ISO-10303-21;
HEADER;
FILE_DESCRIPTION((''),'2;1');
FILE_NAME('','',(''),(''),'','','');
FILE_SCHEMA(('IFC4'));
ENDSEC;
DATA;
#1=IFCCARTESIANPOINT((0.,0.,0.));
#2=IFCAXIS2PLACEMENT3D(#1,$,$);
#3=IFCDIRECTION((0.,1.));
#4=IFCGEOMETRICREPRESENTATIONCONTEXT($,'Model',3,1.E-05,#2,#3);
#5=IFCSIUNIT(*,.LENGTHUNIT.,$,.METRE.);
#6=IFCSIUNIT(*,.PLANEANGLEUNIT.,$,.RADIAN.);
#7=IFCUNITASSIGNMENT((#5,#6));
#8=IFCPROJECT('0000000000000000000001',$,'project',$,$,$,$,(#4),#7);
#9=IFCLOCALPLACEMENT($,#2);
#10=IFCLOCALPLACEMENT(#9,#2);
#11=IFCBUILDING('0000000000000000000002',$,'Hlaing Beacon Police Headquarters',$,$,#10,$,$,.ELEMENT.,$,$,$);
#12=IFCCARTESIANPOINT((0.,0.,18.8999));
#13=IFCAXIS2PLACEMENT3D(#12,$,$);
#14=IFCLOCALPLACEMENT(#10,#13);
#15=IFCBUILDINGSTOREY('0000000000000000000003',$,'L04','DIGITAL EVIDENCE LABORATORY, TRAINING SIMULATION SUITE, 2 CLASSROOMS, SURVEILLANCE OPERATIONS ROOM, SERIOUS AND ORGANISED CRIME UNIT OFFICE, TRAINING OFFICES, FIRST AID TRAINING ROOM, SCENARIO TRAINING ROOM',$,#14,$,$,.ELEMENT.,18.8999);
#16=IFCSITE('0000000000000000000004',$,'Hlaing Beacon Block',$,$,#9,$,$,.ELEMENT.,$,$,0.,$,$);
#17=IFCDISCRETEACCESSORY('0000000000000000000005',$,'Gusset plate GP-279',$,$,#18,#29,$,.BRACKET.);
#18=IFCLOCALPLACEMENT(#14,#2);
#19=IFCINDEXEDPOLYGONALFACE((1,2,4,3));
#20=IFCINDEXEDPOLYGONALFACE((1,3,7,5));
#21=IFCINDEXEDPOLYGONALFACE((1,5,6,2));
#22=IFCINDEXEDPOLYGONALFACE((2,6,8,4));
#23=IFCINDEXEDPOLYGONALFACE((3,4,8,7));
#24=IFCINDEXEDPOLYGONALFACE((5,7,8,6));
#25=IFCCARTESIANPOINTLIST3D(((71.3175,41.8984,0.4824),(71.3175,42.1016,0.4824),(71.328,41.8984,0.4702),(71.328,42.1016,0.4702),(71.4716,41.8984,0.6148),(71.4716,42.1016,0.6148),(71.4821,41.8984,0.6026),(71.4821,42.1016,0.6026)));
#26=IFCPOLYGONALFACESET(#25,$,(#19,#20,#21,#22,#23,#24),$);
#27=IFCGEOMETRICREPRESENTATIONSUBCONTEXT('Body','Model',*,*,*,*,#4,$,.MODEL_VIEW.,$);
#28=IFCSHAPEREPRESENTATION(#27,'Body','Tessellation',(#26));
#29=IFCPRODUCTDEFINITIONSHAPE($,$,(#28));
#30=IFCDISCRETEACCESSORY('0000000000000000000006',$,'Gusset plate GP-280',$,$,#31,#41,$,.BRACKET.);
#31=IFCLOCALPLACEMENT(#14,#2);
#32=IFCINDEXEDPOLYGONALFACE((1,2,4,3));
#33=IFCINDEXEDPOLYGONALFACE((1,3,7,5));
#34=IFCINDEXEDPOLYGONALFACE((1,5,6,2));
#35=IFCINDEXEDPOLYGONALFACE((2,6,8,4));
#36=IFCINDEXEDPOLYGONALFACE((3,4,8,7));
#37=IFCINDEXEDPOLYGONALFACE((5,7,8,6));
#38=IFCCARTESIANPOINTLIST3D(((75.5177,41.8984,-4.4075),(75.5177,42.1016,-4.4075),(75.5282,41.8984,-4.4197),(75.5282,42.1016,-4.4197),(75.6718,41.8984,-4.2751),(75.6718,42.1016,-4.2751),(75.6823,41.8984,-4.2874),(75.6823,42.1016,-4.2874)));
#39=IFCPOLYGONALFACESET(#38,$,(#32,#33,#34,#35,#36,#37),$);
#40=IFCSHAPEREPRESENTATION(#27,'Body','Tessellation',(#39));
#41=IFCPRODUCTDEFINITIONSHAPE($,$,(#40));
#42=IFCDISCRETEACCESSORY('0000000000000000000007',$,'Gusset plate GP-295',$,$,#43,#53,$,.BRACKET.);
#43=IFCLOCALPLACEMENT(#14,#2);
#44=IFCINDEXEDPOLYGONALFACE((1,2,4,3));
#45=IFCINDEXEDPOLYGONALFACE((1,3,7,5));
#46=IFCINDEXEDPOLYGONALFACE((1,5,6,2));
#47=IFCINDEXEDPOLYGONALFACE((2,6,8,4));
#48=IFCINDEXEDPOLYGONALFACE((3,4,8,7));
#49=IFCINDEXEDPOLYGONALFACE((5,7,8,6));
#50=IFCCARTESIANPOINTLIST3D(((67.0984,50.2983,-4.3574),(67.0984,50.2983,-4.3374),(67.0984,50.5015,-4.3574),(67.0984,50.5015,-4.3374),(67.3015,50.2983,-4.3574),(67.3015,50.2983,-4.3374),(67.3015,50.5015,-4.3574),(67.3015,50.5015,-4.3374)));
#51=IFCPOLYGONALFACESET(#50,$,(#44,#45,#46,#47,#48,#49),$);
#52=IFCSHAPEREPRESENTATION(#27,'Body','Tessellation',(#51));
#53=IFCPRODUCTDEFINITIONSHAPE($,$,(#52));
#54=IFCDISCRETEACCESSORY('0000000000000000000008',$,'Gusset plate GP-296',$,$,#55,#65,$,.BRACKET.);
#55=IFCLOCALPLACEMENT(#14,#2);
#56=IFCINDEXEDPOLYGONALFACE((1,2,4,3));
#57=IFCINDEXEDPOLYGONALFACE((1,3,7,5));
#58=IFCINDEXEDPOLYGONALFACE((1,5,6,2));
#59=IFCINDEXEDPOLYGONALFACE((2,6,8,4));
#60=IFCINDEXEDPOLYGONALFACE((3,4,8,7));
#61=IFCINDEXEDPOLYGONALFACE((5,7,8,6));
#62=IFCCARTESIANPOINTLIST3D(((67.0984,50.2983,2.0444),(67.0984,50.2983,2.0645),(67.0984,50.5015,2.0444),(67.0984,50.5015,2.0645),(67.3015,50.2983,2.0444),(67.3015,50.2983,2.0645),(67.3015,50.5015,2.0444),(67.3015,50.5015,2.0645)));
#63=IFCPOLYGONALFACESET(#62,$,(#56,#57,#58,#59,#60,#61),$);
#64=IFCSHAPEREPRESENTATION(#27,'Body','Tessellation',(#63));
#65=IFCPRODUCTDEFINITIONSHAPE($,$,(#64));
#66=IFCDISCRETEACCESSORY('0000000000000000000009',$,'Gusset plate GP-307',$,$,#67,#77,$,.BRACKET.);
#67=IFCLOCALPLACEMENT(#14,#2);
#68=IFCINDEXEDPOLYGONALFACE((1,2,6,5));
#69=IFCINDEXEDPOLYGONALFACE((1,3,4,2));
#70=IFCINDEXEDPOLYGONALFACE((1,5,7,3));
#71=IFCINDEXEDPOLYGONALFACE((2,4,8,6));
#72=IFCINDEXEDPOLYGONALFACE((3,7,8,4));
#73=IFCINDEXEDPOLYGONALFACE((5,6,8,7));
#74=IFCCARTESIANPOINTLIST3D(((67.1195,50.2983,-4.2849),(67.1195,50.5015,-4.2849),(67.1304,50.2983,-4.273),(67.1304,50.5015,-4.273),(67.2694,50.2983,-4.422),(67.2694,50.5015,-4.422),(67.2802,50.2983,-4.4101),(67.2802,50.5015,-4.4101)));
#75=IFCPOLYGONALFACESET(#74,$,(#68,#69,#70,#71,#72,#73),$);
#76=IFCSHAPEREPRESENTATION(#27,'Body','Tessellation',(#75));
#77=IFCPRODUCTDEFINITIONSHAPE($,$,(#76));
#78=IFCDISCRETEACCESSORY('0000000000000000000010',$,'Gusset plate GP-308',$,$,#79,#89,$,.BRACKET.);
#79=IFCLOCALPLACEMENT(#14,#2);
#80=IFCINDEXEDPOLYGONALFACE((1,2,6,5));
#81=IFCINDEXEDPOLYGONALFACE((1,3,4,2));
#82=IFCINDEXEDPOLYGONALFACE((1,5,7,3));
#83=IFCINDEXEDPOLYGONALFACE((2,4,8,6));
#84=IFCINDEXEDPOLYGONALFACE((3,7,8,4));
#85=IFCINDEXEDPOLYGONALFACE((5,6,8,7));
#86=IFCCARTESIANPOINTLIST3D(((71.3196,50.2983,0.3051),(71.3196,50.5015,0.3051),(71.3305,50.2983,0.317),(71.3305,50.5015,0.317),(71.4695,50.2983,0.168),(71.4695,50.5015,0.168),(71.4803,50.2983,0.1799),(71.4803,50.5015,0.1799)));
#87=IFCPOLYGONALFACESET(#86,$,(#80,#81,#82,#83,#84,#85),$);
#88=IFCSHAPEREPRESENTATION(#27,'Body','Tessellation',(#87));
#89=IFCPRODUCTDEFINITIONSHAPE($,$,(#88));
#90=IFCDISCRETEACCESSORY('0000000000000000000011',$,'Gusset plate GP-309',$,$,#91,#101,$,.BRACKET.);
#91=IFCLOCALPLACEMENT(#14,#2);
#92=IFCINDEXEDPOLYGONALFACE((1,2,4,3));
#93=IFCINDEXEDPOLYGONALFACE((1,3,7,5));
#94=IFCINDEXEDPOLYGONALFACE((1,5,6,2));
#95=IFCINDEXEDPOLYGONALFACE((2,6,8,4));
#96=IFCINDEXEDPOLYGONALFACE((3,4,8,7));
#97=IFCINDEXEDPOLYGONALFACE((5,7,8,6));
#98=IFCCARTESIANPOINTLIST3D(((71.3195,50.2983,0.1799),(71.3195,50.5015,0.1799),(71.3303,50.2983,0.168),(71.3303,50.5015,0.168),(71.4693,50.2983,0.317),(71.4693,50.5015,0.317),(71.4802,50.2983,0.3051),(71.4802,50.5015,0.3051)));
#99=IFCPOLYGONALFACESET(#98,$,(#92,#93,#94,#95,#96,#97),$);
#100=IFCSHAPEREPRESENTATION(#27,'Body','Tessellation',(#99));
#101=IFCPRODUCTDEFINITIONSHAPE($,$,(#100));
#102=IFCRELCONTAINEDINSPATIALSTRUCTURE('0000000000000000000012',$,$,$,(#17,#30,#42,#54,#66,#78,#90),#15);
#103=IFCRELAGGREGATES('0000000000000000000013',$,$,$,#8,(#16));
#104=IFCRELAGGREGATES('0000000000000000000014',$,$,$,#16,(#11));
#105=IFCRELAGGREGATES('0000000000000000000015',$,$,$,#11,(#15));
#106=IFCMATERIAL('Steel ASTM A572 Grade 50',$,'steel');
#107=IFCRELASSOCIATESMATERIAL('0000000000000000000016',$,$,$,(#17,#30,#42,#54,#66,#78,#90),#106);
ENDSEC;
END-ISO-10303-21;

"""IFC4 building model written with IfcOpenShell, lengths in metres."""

from ifc_helpers import new_model, si_unit, direction, frame, origin, origin_2d, place, context, subcontext, project, spatial, rectangle, extrude, material, element, save


model = new_model("IFC4")

# Units and contexts
model_context = context("Model", 3, precision=1e-05, world=origin(), true_north=direction((0.0, 1.0)))
body_context = subcontext(model_context, "Body", "Model", "MODEL_VIEW")
ifc_project = project(units=[si_unit("LENGTHUNIT", "METRE"), si_unit("PLANEANGLEUNIT", "RADIAN")], contexts=[model_context])

# Site, building, storey
site_placement = place(None, origin())
site = spatial("IfcSite", under=ifc_project, at=site_placement, Name="Hlaing Beacon Block", CompositionType="ELEMENT", RefElevation=0.0)
building_placement = place(site_placement, origin())
building = spatial("IfcBuilding", under=site, at=building_placement, Name="Hlaing Beacon Police Headquarters", CompositionType="ELEMENT")
storey_placement = place(building_placement, frame((0.0, 0.0, 18.8999)))
storey = spatial("IfcBuildingStorey", under=building, at=storey_placement, Name="L04", Description="DIGITAL EVIDENCE LABORATORY, TRAINING SIMULATION SUITE, 2 CLASSROOMS, SURVEILLANCE OPERATIONS ROOM, SERIOUS AND ORGANISED CRIME UNIT OFFICE, TRAINING OFFICES, FIRST AID TRAINING ROOM, SCENARIO TRAINING ROOM", CompositionType="ELEMENT", Elevation=18.8999)

# Discrete accessories
ifc_material_1 = material(Name="Steel ASTM A572 Grade 50", Category="steel")
for number, where, z_axis, x_axis, name in (
    (1, (71.405, 42.0, 0.5364), (-0.651583, 0.0, 0.758577), (0.0, -1.0, 0.0), "Gusset plate GP-279"),
    (2, (75.5947, 42.0, -4.3413), (0.651583, 0.0, -0.758577), (0.0, 1.0, 0.0), "Gusset plate GP-280"),
):
    element("IfcDiscreteAccessory", number, at=place(storey_placement, frame(where, z_axis=z_axis, x_axis=x_axis)), inside=storey, material=ifc_material_1, Name=name, PredefinedType="BRACKET", context=body_context, shape_type="SweptSolid", body=[
        extrude(rectangle(XDim=0.2031, YDim=0.2031, at=origin_2d()), origin(), (0.0, 0.0, 1.0), 0.0161),
    ])
for number, where, z_axis, x_axis, name in (
    (3, (67.2, 50.3999, -4.3374), (0.0, 0.0, -1.0), (1.0, 0.0, 0.0), "Gusset plate GP-295"),
    (4, (67.2, 50.3999, 2.0444), (0.0, 0.0, 1.0), (1.0, 0.0, 0.0), "Gusset plate GP-296"),
):
    element("IfcDiscreteAccessory", number, at=place(storey_placement, frame(where, z_axis=z_axis, x_axis=x_axis)), inside=storey, material=ifc_material_1, Name=name, PredefinedType="BRACKET", context=body_context, shape_type="SweptSolid", body=[
        extrude(rectangle(XDim=0.2031, YDim=0.2031, at=origin_2d()), origin(), (0.0, 0.0, 1.0), 0.02),
    ])
for number, where, z_axis, x_axis, name in (
    (5, (67.2053, 50.3999, -4.3416), (-0.675078, 0.0, -0.737747), (0.0, -1.0, 0.0), "Gusset plate GP-307"),
    (6, (71.3945, 50.3999, 0.2366), (0.675078, 0.0, 0.737747), (0.0, 1.0, 0.0), "Gusset plate GP-308"),
    (7, (71.4053, 50.3999, 0.2366), (-0.675099, 0.0, 0.737727), (0.0, -1.0, 0.0), "Gusset plate GP-309"),
):
    element("IfcDiscreteAccessory", number, at=place(storey_placement, frame(where, z_axis=z_axis, x_axis=x_axis)), inside=storey, material=ifc_material_1, Name=name, PredefinedType="BRACKET", context=body_context, shape_type="SweptSolid", body=[
        extrude(rectangle(XDim=0.2031, YDim=0.2031, at=origin_2d()), origin(), (0.0, 0.0, 1.0), 0.0161),
    ])

save(model, "model.ifc")
